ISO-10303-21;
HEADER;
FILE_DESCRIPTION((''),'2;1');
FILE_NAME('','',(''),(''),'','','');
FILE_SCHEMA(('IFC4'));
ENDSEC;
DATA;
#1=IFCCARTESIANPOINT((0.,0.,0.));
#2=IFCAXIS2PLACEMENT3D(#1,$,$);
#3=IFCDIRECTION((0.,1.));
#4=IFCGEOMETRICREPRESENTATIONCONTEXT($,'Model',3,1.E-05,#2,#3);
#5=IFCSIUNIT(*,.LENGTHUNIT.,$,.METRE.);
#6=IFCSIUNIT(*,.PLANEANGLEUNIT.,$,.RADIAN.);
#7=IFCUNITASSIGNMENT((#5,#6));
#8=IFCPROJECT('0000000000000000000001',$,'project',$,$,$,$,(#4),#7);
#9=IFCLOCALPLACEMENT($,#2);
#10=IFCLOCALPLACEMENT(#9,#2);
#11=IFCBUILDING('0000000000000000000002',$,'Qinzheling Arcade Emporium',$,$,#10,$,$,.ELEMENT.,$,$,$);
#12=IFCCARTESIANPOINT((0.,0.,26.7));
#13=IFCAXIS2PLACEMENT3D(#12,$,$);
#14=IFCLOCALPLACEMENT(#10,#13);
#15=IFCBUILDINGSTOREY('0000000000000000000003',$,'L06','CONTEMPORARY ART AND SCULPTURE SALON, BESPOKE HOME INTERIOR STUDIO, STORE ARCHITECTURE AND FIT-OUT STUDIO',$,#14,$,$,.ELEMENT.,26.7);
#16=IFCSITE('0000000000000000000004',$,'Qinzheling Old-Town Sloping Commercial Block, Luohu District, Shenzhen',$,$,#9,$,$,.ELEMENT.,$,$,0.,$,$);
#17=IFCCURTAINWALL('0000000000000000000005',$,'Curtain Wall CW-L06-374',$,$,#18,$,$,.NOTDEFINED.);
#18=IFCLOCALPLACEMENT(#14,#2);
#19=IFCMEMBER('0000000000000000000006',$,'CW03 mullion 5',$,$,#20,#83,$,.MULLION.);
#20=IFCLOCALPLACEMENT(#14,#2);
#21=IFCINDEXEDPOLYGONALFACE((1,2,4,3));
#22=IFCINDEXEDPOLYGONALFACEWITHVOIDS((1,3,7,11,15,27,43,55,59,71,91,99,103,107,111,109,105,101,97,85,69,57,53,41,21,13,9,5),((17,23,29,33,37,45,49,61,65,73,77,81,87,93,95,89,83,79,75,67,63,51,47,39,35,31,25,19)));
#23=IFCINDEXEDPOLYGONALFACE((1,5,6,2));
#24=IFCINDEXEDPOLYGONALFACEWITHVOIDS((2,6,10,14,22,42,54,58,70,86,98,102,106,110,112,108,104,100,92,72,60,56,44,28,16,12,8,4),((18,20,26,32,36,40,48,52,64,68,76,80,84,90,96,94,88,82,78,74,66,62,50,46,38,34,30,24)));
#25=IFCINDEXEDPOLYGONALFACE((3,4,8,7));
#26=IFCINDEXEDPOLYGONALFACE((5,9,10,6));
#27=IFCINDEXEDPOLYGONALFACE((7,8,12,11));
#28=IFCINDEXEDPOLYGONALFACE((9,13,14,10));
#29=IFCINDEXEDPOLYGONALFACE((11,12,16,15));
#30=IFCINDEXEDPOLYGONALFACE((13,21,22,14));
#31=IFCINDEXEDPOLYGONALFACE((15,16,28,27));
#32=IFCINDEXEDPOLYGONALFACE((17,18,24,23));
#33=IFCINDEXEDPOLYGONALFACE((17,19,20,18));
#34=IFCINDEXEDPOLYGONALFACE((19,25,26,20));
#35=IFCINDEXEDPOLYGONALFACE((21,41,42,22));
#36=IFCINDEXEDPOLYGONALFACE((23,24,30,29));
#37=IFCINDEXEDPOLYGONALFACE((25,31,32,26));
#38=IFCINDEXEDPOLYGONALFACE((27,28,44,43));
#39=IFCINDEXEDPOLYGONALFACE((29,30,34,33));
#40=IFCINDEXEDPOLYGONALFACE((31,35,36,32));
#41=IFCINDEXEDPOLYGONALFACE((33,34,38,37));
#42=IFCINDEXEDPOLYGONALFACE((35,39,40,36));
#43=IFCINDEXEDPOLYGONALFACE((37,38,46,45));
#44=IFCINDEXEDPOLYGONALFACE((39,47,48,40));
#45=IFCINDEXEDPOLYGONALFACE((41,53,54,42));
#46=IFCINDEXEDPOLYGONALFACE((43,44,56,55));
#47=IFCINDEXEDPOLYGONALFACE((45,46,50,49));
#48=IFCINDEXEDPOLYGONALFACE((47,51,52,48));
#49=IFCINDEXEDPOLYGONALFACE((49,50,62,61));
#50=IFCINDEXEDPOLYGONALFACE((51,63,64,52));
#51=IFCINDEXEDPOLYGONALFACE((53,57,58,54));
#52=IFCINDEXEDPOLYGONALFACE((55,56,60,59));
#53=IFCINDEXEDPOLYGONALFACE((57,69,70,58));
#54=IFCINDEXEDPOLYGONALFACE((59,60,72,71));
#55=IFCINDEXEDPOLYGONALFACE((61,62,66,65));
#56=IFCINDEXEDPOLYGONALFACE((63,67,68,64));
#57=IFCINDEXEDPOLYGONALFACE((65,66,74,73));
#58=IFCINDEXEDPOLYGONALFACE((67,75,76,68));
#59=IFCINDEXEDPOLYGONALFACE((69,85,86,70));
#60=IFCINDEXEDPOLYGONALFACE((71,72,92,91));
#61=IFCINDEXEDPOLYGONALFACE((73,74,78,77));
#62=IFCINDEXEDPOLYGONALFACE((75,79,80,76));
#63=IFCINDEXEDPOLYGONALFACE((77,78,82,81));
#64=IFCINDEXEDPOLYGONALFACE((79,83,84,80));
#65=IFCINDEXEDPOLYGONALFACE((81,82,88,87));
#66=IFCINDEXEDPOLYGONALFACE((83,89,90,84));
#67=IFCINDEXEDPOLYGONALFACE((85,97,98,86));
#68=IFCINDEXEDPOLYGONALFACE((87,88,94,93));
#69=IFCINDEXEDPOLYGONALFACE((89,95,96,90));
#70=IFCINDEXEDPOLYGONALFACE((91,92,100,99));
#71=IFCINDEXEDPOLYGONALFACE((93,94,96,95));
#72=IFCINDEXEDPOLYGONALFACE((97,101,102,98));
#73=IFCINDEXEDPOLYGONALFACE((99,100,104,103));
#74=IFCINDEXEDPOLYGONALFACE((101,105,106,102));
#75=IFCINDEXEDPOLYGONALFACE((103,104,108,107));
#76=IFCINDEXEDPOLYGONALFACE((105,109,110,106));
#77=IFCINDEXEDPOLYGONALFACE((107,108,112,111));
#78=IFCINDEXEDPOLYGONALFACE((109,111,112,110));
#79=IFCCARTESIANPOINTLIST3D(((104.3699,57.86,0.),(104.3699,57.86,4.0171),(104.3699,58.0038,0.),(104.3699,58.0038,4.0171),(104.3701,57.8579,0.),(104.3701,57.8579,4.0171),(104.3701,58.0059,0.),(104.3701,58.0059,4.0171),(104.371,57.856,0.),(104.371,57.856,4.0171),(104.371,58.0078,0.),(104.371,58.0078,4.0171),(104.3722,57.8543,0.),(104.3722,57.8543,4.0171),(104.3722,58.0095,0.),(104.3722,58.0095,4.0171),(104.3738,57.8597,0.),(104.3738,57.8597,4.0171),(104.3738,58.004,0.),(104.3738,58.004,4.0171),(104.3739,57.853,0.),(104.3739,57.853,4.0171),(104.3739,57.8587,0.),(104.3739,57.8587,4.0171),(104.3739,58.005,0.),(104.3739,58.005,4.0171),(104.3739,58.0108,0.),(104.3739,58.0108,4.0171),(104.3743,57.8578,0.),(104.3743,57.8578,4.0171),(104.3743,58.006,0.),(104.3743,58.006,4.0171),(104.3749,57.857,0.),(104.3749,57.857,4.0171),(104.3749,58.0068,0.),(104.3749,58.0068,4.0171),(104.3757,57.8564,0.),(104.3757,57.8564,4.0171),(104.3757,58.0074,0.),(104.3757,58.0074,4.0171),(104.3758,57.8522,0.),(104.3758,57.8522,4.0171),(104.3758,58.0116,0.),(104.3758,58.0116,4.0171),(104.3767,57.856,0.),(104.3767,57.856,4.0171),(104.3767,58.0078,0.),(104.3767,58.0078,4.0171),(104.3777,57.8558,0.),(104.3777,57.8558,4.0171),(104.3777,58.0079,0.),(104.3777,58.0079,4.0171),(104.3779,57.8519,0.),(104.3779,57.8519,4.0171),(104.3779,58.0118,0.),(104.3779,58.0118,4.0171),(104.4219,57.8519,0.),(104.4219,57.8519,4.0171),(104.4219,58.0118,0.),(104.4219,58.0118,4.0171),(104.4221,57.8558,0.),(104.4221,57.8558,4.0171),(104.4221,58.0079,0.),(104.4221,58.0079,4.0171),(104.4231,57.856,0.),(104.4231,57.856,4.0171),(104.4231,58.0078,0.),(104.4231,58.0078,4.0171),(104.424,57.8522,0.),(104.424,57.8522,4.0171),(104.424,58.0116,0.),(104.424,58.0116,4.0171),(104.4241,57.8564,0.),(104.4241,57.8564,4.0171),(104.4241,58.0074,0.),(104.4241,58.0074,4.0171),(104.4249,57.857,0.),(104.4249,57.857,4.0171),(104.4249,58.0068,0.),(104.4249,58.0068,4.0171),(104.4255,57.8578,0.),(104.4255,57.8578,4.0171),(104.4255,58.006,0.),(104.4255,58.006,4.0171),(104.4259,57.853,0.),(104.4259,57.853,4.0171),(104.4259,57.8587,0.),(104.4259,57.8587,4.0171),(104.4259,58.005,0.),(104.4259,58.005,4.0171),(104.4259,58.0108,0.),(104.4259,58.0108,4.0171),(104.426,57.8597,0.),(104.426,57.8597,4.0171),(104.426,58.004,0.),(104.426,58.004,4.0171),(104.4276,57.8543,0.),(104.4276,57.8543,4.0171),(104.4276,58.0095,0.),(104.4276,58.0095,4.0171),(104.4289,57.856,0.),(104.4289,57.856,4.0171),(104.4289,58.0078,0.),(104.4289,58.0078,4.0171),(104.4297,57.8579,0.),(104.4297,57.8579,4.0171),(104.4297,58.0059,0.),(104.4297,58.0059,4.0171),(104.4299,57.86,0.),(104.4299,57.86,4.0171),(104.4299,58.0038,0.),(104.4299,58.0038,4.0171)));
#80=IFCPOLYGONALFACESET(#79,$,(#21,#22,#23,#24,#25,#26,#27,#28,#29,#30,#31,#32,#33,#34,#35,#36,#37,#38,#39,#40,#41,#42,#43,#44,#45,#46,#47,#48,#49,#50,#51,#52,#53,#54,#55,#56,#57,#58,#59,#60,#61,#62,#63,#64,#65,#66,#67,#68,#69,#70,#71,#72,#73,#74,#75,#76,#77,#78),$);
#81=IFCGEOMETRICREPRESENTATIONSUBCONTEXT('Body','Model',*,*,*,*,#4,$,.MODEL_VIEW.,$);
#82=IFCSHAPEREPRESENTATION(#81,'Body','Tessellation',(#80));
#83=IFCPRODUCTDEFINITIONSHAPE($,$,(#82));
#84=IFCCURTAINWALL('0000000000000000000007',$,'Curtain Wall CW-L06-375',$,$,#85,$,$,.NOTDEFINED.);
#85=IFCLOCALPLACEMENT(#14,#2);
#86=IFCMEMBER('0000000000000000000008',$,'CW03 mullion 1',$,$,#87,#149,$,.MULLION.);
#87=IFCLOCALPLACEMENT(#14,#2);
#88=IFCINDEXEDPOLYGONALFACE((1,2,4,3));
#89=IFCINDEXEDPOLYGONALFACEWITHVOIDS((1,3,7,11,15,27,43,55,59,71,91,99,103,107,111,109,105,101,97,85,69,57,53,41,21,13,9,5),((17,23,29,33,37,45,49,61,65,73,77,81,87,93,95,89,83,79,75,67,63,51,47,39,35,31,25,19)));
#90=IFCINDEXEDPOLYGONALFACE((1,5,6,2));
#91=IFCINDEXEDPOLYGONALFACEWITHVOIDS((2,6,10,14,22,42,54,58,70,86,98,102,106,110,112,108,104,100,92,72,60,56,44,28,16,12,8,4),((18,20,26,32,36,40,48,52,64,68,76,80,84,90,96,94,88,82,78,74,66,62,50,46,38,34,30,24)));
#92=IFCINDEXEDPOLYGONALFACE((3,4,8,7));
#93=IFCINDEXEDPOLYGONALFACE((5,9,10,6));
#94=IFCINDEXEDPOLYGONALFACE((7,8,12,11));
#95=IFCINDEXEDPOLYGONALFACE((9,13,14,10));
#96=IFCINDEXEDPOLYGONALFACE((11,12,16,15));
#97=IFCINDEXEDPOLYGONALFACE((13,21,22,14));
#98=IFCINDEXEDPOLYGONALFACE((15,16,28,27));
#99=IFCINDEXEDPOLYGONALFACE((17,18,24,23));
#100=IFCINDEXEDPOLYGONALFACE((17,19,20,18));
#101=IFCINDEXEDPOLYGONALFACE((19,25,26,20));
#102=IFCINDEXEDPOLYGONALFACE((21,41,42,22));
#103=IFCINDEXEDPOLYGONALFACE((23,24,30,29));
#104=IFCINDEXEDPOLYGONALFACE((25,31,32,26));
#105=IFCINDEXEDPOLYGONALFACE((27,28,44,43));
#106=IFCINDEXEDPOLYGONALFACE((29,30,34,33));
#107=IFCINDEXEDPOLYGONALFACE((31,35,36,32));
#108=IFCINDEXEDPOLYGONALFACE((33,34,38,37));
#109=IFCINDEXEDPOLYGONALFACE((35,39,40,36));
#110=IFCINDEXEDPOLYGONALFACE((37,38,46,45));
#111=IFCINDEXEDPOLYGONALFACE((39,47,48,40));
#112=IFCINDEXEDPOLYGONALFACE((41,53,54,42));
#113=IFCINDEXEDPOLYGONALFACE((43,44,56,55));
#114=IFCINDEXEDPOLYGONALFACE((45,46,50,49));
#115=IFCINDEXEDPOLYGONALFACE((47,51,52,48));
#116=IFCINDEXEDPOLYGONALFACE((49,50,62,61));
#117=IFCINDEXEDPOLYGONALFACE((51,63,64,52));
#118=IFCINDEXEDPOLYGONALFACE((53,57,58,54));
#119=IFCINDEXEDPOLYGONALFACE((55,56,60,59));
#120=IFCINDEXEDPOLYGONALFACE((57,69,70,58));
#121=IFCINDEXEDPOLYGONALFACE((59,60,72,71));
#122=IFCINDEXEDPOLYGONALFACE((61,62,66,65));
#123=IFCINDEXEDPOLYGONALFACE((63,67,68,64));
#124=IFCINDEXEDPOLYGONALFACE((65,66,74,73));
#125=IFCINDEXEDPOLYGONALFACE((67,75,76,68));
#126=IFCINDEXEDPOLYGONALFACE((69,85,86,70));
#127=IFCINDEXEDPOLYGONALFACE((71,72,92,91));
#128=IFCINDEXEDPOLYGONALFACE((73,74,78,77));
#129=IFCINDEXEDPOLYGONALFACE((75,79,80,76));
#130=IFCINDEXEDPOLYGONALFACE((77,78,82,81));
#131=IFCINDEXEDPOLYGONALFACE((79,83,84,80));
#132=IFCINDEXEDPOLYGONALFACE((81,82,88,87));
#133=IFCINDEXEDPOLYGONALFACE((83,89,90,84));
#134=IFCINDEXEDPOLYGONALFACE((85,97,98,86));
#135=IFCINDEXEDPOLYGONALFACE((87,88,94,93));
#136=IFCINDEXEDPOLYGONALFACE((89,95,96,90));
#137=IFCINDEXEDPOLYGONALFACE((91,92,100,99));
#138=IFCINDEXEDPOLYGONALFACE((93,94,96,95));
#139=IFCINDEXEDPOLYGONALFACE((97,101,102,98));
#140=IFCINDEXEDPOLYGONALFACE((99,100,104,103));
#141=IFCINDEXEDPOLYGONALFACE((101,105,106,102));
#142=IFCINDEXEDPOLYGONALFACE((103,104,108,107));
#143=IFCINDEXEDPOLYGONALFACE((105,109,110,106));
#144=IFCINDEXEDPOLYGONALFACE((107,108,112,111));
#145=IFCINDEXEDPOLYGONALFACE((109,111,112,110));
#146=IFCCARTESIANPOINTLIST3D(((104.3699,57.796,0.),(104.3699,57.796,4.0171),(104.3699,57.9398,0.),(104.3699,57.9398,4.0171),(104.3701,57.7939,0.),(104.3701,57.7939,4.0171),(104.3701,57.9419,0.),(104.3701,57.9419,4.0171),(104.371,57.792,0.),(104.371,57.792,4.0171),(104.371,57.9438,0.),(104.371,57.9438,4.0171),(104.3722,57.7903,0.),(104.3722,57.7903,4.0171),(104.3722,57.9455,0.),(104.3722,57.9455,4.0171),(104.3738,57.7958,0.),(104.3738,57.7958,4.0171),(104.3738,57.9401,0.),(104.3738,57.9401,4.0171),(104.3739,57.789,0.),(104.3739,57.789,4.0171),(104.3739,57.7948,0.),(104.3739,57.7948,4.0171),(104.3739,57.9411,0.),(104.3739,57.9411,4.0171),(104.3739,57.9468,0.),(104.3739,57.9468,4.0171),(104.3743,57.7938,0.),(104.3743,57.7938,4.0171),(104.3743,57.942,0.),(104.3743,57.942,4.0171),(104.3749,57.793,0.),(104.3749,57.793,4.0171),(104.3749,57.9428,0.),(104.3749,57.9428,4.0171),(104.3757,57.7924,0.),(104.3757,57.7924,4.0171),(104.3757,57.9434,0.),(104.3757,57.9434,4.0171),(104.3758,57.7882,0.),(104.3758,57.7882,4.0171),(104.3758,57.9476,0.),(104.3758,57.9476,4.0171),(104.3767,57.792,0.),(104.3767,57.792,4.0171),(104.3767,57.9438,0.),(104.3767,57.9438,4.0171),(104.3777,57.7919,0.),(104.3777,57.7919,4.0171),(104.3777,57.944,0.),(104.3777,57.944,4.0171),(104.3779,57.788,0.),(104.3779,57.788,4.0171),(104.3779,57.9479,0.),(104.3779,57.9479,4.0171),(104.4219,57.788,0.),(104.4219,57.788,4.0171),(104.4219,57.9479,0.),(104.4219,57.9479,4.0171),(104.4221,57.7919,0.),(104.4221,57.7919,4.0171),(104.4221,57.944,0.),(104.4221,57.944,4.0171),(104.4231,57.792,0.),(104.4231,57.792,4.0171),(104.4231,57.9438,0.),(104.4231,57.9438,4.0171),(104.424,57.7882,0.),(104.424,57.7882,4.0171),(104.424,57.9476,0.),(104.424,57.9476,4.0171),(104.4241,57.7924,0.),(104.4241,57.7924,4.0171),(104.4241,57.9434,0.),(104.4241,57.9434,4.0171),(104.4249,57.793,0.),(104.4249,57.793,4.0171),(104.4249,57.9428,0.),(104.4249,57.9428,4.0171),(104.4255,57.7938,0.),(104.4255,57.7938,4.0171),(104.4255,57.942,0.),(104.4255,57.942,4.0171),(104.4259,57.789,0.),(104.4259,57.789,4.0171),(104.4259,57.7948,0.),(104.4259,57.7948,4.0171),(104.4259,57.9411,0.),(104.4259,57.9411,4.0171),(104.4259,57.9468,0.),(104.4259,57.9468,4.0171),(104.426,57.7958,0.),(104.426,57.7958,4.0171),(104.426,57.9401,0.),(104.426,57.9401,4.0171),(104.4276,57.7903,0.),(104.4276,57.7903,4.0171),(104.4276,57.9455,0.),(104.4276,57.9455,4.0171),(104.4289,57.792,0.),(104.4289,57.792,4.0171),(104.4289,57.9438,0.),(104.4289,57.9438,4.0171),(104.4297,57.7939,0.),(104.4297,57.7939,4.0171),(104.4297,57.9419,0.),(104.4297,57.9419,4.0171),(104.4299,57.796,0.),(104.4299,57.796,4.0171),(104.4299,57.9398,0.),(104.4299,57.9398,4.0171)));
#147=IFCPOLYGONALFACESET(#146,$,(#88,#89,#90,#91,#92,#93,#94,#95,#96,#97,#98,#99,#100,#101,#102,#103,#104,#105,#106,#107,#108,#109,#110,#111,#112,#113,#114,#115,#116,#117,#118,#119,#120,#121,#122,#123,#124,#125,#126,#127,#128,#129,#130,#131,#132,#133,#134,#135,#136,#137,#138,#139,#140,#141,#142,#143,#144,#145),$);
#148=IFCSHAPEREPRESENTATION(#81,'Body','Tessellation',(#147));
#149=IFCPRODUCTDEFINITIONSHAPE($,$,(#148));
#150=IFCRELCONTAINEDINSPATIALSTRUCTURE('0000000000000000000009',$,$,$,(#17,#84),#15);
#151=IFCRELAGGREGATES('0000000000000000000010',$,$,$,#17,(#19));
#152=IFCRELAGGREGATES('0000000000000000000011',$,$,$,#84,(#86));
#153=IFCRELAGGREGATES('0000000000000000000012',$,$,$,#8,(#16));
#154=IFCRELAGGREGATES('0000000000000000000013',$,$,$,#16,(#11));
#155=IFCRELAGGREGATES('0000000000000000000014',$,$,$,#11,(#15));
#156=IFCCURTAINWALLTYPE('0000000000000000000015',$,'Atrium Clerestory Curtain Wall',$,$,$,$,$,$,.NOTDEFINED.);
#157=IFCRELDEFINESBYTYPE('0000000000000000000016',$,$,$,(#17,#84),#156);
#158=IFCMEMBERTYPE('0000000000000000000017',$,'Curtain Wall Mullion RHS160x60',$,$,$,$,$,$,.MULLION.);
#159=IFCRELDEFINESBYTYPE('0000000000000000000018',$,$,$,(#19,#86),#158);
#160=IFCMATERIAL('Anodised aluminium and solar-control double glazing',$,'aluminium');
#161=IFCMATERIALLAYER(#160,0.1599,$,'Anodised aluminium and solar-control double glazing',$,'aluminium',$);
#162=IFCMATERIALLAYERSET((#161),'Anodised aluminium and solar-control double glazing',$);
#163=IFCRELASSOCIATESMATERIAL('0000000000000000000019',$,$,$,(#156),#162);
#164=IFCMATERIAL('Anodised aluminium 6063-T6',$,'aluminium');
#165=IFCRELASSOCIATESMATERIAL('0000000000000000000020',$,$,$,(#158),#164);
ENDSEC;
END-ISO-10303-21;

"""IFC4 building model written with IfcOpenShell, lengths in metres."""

from ifc_helpers import new_model, si_unit, direction, frame, origin, origin_2d, place, context, subcontext, project, spatial, hollow_rectangle, extrude, material, layer, layer_set, material_profile, profile_set, type_object, element, aggregate, save


model = new_model("IFC4")

# Units and contexts
model_context = context("Model", 3, precision=1e-05, world=origin(), true_north=direction((0.0, 1.0)))
body_context = subcontext(model_context, "Body", "Model", "MODEL_VIEW")
ifc_project = project(units=[si_unit("LENGTHUNIT", "METRE"), si_unit("PLANEANGLEUNIT", "RADIAN")], contexts=[model_context])

# Site, building, storey
site_placement = place(None, origin())
site = spatial("IfcSite", under=ifc_project, at=site_placement, Name="Qinzheling Old-Town Sloping Commercial Block, Luohu District, Shenzhen", CompositionType="ELEMENT", RefElevation=0.0)
building_placement = place(site_placement, origin())
building = spatial("IfcBuilding", under=site, at=building_placement, Name="Qinzheling Arcade Emporium", CompositionType="ELEMENT")
storey_placement = place(building_placement, frame((0.0, 0.0, 26.7)))
storey = spatial("IfcBuildingStorey", under=building, at=storey_placement, Name="L06", Description="CONTEMPORARY ART AND SCULPTURE SALON, BESPOKE HOME INTERIOR STUDIO, STORE ARCHITECTURE AND FIT-OUT STUDIO", CompositionType="ELEMENT", Elevation=26.7)

# Curtain walls, members
ifc_material_1 = material(Name="Anodised aluminium and solar-control double glazing", Category="aluminium")
ifc_layer_1 = layer(ifc_material_1, 0.1599, Name="Anodised aluminium and solar-control double glazing", Category="aluminium")
ifc_layer_set_1 = layer_set([ifc_layer_1], Name="Anodised aluminium and solar-control double glazing")
curtain_wall_type = type_object("IfcCurtainWallType", Name="Atrium Clerestory Curtain Wall", PredefinedType="NOTDEFINED", material=ifc_layer_set_1)
curtain_wall_1_placement = place(storey_placement, origin())
curtain_wall_1 = element("IfcCurtainWall", 1, at=curtain_wall_1_placement, inside=storey, type_object=curtain_wall_type, Name="Curtain Wall CW-L06-374", PredefinedType="NOTDEFINED")
ifc_material_2 = material(Name="Anodised aluminium 6063-T6", Category="aluminium")
ifc_material_profile_1 = material_profile(ifc_material_2, hollow_rectangle(XDim=0.0601, YDim=0.1599, WallThickness=0.0039, InnerFilletRadius=0.0039, OuterFilletRadius=0.0081, at=origin_2d()), Name="RHS 160x60x4", Category="aluminium")
ifc_profile_set_1 = profile_set([ifc_material_profile_1], Name="Anodised aluminium 6063-T6")
member_type_1 = type_object("IfcMemberType", Name="Curtain Wall Mullion RHS160x60", PredefinedType="MULLION", material=ifc_profile_set_1)
member_1_placement = place(storey_placement, frame((104.3999, 57.9319, 0.0), z_axis=(0.0, 0.0, 1.0), x_axis=(1.0, 0.0, 0.0)))
member_1 = element("IfcMember", 2, at=member_1_placement, type_object=member_type_1, Name="CW03 mullion 5", PredefinedType="MULLION", context=body_context, shape_type="SweptSolid", body=[
    extrude(hollow_rectangle(XDim=0.0601, YDim=0.1599, WallThickness=0.0039, InnerFilletRadius=0.0039, OuterFilletRadius=0.0081, at=origin_2d()), origin(), (0.0, 0.0, 1.0), 4.0171),
])
curtain_wall_2_placement = place(storey_placement, origin())
curtain_wall_2 = element("IfcCurtainWall", 3, at=curtain_wall_2_placement, inside=storey, type_object=curtain_wall_type, Name="Curtain Wall CW-L06-375", PredefinedType="NOTDEFINED")
member_2_placement = place(storey_placement, frame((104.3999, 57.8679, 0.0), z_axis=(0.0, 0.0, 1.0), x_axis=(1.0, 0.0, 0.0)))
member_2 = element("IfcMember", 4, at=member_2_placement, type_object=member_type_1, Name="CW03 mullion 1", PredefinedType="MULLION", context=body_context, shape_type="SweptSolid", body=[
    extrude(hollow_rectangle(XDim=0.0601, YDim=0.1599, WallThickness=0.0039, InnerFilletRadius=0.0039, OuterFilletRadius=0.0081, at=origin_2d()), origin(), (0.0, 0.0, 1.0), 4.0171),
])

aggregate(curtain_wall_1, [member_1])
aggregate(curtain_wall_2, [member_2])

save(model, "model.ifc")
